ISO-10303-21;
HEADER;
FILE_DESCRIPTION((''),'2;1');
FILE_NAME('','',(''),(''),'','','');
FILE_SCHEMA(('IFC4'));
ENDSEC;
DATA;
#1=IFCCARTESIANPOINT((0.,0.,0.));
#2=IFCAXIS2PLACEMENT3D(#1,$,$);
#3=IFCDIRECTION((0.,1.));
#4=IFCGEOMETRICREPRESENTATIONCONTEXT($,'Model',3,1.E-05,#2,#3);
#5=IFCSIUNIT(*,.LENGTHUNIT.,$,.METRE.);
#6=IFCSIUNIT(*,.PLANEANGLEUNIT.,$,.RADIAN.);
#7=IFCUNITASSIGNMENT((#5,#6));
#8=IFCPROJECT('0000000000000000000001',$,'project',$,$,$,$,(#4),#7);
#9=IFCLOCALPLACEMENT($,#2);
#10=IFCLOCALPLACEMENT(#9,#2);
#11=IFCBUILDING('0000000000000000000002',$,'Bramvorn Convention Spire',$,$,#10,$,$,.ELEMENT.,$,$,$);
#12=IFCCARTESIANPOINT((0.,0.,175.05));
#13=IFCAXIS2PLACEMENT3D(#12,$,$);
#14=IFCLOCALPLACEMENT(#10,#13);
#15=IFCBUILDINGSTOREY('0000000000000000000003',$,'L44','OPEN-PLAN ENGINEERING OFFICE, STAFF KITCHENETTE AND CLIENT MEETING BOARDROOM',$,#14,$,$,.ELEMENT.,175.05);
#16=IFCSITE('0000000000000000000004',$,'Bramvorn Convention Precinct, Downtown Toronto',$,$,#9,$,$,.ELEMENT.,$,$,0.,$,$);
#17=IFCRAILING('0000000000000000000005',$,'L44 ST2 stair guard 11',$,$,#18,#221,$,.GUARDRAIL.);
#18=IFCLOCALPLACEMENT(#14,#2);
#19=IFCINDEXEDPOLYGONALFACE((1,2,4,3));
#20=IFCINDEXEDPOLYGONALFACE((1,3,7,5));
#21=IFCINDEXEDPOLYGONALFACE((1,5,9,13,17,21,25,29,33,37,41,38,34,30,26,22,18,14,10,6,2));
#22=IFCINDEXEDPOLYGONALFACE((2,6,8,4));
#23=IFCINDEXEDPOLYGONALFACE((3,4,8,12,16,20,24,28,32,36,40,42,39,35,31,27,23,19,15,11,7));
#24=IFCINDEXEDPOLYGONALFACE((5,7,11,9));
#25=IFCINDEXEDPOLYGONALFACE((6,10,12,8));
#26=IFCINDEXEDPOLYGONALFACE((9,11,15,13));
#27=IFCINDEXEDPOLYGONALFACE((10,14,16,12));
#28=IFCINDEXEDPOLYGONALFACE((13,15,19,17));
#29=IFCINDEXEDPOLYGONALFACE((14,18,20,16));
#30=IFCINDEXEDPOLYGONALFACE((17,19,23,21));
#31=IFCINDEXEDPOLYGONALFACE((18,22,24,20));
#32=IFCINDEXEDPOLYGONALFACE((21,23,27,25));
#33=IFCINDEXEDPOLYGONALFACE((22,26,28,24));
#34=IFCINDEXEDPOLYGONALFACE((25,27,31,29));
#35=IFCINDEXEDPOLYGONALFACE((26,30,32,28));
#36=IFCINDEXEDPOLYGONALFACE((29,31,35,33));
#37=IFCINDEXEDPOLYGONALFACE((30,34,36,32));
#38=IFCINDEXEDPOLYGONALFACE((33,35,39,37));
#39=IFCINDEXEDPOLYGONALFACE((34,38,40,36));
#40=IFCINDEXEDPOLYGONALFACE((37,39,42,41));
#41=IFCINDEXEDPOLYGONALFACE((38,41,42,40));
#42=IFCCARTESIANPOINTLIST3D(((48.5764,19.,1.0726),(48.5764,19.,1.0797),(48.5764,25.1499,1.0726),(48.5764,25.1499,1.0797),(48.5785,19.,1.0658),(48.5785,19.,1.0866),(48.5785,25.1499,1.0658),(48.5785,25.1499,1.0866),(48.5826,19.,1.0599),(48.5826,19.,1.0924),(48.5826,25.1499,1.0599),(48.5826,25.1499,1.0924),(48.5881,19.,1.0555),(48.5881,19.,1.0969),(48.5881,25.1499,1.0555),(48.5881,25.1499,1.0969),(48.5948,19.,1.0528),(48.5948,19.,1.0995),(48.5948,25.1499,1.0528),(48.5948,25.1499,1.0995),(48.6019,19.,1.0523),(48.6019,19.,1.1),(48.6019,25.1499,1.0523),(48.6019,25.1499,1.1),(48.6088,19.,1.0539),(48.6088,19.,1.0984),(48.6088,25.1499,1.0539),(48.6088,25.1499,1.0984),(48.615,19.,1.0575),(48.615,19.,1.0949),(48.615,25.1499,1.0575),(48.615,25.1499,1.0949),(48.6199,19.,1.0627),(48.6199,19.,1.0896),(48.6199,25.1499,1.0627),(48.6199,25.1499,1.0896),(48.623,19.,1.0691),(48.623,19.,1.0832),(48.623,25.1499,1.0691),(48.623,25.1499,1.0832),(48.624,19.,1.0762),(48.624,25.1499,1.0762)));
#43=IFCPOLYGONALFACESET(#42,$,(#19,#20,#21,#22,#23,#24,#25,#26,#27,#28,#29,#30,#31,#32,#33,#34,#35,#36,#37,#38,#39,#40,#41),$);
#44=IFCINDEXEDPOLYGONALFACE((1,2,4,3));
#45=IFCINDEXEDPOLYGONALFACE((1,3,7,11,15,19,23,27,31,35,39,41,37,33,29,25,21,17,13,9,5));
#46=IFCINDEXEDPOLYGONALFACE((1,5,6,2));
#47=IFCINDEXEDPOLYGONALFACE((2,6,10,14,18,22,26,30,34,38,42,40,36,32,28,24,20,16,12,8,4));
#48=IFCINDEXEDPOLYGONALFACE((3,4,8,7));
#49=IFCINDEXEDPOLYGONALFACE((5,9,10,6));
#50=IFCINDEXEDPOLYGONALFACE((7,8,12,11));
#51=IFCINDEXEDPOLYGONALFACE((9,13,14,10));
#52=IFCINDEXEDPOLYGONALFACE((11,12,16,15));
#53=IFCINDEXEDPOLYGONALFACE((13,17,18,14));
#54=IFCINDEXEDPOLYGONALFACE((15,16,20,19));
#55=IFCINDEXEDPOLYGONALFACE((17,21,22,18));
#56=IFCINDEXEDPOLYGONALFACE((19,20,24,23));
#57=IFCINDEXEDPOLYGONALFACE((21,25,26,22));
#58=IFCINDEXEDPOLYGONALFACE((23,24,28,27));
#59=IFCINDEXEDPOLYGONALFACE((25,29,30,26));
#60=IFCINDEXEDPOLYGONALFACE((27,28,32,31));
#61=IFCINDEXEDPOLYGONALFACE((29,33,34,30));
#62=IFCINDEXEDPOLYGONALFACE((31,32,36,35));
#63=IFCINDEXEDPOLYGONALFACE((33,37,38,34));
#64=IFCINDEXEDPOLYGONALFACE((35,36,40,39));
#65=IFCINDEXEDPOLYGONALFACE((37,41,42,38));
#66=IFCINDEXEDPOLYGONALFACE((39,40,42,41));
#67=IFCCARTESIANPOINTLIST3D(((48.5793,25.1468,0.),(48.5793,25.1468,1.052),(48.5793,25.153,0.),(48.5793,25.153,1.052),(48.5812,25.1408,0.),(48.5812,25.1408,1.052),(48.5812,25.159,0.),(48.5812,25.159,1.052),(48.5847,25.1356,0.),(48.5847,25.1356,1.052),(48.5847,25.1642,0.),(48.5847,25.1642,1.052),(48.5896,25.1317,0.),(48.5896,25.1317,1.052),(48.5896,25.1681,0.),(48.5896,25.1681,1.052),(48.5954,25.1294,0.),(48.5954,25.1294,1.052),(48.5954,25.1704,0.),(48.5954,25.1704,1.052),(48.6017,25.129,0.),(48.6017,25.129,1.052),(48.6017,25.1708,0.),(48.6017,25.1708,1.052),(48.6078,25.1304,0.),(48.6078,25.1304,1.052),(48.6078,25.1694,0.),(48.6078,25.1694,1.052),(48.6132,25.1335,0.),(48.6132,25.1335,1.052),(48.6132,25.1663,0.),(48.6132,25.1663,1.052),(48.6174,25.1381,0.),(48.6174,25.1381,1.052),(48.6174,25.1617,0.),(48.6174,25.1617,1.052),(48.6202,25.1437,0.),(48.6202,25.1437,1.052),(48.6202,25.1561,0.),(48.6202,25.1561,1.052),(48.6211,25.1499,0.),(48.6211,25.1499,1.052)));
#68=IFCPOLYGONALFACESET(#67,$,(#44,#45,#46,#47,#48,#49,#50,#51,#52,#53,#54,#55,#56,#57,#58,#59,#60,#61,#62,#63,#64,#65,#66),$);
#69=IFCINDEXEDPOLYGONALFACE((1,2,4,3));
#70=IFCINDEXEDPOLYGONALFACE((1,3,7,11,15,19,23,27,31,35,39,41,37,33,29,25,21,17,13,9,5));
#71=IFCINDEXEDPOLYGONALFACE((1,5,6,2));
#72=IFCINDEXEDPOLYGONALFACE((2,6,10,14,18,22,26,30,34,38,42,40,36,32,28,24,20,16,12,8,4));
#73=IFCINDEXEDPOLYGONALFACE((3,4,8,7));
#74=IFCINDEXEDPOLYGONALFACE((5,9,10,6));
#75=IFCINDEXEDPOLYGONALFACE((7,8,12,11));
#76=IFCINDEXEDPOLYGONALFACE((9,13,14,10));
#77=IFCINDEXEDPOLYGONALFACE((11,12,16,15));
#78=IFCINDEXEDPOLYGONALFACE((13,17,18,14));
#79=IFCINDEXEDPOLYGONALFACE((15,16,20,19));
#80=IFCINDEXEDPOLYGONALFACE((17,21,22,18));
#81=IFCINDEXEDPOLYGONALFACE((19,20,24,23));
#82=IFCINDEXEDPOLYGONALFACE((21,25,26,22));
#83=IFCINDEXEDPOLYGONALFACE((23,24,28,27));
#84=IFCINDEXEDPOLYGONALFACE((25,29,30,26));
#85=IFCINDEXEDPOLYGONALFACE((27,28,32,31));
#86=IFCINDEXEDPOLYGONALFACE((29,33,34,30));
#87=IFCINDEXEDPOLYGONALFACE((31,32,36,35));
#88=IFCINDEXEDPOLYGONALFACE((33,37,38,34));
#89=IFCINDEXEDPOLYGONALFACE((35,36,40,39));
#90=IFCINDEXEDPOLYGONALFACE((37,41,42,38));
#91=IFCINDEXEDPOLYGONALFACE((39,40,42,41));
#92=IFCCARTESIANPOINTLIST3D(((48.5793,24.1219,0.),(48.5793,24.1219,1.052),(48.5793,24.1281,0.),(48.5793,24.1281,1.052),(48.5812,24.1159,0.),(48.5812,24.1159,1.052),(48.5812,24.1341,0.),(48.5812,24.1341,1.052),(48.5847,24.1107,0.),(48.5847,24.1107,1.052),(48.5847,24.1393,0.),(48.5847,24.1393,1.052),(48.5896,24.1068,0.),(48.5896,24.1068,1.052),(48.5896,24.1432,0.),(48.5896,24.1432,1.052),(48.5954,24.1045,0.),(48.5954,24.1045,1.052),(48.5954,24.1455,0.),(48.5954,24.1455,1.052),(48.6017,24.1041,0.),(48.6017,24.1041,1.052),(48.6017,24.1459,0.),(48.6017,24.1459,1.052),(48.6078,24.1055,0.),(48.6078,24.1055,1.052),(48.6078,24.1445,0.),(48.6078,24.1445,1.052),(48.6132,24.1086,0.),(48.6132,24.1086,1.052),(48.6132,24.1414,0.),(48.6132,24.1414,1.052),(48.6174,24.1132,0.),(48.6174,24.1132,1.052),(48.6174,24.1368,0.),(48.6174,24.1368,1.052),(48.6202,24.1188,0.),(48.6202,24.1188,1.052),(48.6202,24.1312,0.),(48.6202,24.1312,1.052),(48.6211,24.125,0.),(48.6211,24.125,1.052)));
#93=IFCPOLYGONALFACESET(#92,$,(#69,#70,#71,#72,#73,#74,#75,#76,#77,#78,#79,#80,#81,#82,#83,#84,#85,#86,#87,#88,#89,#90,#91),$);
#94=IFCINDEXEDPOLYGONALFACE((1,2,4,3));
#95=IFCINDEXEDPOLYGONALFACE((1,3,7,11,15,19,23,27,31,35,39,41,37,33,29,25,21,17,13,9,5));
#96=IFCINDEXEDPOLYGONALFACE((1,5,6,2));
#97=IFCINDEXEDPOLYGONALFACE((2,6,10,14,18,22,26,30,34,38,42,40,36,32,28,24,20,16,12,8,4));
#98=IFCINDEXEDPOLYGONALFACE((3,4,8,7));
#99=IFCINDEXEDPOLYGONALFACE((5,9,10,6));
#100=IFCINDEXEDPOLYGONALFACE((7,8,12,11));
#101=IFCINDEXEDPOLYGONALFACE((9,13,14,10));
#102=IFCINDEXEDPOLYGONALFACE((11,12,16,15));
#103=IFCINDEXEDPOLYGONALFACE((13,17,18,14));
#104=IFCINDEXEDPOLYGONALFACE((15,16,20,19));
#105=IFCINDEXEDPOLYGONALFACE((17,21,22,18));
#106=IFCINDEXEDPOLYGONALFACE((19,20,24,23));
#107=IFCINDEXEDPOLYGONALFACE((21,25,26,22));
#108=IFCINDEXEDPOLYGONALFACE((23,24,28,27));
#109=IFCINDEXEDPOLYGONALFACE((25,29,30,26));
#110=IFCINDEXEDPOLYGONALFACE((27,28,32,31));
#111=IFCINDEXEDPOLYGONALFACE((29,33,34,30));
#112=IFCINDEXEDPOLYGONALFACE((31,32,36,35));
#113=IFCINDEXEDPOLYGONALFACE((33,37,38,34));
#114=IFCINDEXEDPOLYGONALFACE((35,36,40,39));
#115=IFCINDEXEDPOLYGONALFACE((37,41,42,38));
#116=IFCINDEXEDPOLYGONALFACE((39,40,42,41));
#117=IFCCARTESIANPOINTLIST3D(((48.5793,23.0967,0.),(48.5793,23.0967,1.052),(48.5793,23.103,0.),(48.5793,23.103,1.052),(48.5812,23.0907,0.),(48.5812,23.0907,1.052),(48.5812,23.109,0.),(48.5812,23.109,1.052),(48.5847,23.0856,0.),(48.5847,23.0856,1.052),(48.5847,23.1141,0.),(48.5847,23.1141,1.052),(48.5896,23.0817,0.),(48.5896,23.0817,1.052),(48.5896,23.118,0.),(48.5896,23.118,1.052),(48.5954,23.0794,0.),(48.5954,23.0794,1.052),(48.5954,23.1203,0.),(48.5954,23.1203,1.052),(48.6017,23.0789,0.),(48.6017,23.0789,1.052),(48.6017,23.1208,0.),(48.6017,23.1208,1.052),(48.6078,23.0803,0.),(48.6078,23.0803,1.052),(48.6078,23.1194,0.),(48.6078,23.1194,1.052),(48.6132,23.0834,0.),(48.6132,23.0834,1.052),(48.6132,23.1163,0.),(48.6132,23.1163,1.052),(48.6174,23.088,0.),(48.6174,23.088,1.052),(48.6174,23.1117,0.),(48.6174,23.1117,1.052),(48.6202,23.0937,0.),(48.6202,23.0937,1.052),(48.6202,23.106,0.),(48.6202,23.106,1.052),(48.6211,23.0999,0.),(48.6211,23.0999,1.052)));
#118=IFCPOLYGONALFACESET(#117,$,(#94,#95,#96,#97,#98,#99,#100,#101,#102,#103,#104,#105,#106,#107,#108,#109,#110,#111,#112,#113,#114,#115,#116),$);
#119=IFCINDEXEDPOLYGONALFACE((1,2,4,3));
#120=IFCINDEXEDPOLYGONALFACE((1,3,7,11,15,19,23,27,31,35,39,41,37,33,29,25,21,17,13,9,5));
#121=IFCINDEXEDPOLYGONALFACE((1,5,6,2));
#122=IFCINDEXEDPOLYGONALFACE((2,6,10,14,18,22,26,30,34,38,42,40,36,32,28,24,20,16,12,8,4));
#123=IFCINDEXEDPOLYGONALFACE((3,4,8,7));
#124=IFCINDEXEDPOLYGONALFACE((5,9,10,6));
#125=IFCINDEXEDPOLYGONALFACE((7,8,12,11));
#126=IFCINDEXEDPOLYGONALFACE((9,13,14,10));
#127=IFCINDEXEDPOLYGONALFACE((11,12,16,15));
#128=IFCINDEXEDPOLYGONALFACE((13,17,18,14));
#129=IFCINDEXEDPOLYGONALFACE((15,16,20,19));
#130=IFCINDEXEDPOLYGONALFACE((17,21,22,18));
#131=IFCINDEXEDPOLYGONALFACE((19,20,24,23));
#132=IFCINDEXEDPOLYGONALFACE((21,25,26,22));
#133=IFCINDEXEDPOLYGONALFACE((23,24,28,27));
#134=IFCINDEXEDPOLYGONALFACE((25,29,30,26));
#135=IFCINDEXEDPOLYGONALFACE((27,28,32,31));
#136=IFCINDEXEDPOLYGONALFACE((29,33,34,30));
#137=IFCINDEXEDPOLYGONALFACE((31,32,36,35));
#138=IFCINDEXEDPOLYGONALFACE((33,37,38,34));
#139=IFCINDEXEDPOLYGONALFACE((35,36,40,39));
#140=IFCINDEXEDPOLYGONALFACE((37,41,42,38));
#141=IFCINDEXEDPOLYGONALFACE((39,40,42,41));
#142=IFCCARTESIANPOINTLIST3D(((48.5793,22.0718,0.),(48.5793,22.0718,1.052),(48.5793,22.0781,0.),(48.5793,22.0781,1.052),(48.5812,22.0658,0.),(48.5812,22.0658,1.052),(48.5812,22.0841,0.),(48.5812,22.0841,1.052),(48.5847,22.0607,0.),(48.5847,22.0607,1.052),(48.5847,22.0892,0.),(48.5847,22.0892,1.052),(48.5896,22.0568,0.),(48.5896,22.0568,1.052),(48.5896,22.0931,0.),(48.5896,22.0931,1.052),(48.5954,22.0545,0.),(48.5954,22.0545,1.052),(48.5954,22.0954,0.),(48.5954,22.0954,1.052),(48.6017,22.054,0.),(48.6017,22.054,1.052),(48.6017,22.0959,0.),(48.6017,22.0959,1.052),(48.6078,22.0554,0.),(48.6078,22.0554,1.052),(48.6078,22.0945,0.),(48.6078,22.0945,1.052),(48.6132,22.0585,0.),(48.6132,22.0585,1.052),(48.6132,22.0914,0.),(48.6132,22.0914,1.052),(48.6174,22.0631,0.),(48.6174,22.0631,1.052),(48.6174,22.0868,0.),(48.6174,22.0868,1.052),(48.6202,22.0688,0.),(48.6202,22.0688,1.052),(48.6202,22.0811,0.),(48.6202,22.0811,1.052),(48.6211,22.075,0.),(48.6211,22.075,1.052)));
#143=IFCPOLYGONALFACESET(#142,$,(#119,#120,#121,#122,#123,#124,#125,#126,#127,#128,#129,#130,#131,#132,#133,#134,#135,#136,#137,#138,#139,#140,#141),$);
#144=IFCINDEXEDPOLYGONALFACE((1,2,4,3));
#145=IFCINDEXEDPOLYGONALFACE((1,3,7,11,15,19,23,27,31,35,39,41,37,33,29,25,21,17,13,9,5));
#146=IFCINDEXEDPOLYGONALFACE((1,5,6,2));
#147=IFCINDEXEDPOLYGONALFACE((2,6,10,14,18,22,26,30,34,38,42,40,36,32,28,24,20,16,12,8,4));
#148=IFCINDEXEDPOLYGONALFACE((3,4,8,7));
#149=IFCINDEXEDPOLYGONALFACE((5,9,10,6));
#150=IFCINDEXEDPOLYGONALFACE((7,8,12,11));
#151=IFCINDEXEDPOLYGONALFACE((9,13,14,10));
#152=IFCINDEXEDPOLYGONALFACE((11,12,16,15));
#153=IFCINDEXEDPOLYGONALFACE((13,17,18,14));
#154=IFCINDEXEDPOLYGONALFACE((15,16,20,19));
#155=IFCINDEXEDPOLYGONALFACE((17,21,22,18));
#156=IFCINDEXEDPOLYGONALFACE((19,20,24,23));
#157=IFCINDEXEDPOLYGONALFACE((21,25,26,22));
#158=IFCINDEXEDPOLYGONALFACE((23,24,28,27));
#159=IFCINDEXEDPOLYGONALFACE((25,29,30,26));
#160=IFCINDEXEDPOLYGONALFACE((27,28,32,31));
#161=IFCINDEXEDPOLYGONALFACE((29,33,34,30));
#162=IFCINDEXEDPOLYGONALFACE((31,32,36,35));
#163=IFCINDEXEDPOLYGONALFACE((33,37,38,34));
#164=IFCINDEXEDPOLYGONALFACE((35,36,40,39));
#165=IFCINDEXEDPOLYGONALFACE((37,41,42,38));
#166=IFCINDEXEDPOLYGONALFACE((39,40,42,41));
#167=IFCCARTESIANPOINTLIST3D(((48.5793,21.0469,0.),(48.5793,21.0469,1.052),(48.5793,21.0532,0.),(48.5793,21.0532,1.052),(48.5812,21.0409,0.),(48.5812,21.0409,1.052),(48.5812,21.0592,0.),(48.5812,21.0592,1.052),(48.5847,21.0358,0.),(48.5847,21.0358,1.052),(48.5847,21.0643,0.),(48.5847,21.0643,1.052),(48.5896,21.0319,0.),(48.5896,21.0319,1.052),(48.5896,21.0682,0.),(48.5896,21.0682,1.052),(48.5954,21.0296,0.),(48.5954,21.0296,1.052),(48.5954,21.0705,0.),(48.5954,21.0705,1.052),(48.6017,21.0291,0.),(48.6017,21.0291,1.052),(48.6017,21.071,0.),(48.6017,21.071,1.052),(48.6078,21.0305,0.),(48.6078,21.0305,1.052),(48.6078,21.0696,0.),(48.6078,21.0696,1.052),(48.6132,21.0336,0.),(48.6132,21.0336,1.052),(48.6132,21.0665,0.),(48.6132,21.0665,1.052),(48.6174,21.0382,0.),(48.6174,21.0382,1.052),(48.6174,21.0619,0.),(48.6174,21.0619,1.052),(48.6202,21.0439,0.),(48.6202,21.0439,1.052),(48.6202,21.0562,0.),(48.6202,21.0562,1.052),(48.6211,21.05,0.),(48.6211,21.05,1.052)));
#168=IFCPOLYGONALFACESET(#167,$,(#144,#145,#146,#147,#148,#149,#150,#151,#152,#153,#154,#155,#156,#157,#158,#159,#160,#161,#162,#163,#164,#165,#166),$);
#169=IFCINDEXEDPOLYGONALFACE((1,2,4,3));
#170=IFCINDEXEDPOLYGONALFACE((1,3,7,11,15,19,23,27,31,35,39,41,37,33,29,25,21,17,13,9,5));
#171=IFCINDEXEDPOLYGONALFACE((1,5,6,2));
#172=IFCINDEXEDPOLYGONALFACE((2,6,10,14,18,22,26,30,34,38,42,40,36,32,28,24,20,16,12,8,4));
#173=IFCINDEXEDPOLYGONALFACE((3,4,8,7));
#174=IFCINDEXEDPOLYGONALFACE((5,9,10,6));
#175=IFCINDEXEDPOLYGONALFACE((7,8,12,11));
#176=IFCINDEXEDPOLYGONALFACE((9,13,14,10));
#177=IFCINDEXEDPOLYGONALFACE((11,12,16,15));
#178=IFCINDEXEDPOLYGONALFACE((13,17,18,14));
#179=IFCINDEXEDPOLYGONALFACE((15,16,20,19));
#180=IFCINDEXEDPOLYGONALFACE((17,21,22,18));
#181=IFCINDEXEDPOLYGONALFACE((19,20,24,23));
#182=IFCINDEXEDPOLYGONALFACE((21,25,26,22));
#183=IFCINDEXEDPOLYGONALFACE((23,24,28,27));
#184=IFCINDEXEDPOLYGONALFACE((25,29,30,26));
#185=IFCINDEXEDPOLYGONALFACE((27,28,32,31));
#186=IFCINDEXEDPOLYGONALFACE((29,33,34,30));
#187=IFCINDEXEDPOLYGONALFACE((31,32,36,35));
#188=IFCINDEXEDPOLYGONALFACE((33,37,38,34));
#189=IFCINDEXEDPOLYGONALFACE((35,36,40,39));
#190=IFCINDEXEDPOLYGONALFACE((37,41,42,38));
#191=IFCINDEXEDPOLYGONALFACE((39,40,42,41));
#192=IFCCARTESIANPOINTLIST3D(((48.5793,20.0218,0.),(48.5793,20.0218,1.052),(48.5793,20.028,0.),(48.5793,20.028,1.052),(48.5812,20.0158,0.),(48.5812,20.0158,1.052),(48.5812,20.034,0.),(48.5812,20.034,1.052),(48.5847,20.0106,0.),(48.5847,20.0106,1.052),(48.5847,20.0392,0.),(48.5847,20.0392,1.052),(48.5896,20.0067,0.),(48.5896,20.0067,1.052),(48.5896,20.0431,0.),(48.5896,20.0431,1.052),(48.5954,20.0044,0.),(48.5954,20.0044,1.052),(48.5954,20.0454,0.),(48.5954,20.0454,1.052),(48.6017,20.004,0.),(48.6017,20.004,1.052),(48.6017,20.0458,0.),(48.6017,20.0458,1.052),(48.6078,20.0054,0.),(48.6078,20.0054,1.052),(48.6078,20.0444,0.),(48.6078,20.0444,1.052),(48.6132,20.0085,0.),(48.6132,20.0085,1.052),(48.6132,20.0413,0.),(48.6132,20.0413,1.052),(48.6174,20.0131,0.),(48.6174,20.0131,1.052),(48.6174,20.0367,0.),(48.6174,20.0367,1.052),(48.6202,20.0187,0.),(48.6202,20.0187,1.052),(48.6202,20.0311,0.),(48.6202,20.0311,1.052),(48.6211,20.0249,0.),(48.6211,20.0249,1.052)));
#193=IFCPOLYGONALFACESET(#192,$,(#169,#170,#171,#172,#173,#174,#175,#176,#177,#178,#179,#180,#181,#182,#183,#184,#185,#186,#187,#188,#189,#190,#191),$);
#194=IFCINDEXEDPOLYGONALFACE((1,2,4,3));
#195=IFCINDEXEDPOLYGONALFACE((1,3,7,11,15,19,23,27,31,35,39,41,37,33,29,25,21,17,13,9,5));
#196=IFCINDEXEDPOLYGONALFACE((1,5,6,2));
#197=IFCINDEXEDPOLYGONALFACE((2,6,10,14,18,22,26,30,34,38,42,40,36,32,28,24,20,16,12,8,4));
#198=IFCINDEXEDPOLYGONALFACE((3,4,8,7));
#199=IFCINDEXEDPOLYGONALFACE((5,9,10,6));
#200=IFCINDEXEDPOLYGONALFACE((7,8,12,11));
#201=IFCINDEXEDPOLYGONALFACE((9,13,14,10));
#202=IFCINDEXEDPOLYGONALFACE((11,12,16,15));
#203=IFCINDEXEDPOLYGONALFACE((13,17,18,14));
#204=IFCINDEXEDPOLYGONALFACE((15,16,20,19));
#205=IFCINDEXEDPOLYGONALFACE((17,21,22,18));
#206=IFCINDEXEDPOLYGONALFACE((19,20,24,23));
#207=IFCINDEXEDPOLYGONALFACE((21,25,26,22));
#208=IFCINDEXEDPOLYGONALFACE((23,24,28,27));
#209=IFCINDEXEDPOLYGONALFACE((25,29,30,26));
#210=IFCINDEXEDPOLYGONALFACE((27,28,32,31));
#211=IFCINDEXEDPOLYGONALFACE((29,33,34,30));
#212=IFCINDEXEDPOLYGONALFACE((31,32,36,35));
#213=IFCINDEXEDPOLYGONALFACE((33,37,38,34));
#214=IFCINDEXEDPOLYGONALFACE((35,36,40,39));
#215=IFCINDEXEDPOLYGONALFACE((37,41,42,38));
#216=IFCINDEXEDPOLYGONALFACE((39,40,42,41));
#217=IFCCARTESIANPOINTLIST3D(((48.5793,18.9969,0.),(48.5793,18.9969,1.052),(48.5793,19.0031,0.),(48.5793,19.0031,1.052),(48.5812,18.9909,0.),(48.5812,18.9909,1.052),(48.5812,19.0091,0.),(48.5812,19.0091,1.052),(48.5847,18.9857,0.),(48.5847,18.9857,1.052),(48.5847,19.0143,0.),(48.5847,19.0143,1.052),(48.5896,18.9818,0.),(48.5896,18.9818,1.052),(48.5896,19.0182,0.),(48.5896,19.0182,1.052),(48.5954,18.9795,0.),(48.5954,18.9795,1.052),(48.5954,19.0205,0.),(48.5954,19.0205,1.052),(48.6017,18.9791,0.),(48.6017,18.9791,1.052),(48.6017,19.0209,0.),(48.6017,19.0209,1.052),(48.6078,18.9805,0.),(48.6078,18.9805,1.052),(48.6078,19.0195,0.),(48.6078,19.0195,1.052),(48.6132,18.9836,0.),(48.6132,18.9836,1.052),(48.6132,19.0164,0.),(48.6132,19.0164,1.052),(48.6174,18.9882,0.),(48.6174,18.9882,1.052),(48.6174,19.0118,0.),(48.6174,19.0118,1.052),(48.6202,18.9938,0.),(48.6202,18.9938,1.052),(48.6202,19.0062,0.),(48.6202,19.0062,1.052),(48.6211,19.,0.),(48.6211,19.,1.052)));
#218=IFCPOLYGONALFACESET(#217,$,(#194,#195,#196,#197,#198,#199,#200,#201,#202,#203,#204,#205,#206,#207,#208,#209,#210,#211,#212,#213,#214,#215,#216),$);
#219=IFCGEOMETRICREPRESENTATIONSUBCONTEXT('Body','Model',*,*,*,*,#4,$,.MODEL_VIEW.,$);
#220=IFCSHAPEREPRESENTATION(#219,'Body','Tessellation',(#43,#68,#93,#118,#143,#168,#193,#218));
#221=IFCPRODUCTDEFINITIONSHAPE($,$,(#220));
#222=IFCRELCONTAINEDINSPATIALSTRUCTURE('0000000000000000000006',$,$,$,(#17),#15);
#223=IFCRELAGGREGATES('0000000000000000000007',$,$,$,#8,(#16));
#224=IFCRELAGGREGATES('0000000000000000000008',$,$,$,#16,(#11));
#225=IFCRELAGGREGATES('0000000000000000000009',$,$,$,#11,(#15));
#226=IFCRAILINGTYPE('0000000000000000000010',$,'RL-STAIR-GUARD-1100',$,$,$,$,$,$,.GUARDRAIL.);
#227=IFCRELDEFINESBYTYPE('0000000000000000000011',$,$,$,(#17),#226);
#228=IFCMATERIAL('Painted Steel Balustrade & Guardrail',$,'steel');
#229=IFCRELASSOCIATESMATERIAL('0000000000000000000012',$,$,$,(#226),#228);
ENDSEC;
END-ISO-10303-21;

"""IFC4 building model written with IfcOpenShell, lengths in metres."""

from ifc_helpers import new_model, si_unit, direction, frame, origin, origin_2d, place, context, subcontext, project, spatial, circle, extrude, material, type_object, element, save


model = new_model("IFC4")

# Units and contexts
model_context = context("Model", 3, precision=1e-05, world=origin(), true_north=direction((0.0, 1.0)))
body_context = subcontext(model_context, "Body", "Model", "MODEL_VIEW")
ifc_project = project(units=[si_unit("LENGTHUNIT", "METRE"), si_unit("PLANEANGLEUNIT", "RADIAN")], contexts=[model_context])

# Site, building, storey
site_placement = place(None, origin())
site = spatial("IfcSite", under=ifc_project, at=site_placement, Name="Bramvorn Convention Precinct, Downtown Toronto", CompositionType="ELEMENT", RefElevation=0.0)
building_placement = place(site_placement, origin())
building = spatial("IfcBuilding", under=site, at=building_placement, Name="Bramvorn Convention Spire", CompositionType="ELEMENT")
storey_placement = place(building_placement, frame((0.0, 0.0, 175.05)))
storey = spatial("IfcBuildingStorey", under=building, at=storey_placement, Name="L44", Description="OPEN-PLAN ENGINEERING OFFICE, STAFF KITCHENETTE AND CLIENT MEETING BOARDROOM", CompositionType="ELEMENT", Elevation=175.05)

# Railing
ifc_material_1 = material(Name="Painted Steel Balustrade & Guardrail", Category="steel")
railing_type_1 = type_object("IfcRailingType", Name="RL-STAIR-GUARD-1100", PredefinedType="GUARDRAIL", material=ifc_material_1)
railing_1_placement = place(storey_placement, frame((48.6001, 25.1499, 0.0)))
element("IfcRailing", 1, at=railing_1_placement, inside=storey, type_object=railing_type_1, Name="L44 ST2 stair guard 11", PredefinedType="GUARDRAIL", context=body_context, shape_type="SweptSolid", body=[
    extrude(circle(Radius=0.0239, at=origin_2d()), frame((0.0, 0.0, 1.0762), z_axis=(0.0, -1.0, 0.0), x_axis=(1.0, 0.0, 0.0)), (0.0, 0.0, 1.0), 6.1499),
    extrude(circle(Radius=0.021, at=origin_2d()), origin(), (0.0, 0.0, 1.0), 1.052),
    extrude(circle(Radius=0.021, at=origin_2d()), frame((0.0, -1.0249, 0.0)), (0.0, 0.0, 1.0), 1.052),
    extrude(circle(Radius=0.021, at=origin_2d()), frame((0.0, -2.05, 0.0)), (0.0, 0.0, 1.0), 1.052),
    extrude(circle(Radius=0.021, at=origin_2d()), frame((0.0, -3.075, 0.0)), (0.0, 0.0, 1.0), 1.052),
    extrude(circle(Radius=0.021, at=origin_2d()), frame((0.0, -4.0999, 0.0)), (0.0, 0.0, 1.0), 1.052),
    extrude(circle(Radius=0.021, at=origin_2d()), frame((0.0, -5.125, 0.0)), (0.0, 0.0, 1.0), 1.052),
    extrude(circle(Radius=0.021, at=origin_2d()), frame((0.0, -6.1499, 0.0)), (0.0, 0.0, 1.0), 1.052),
])

save(model, "model.ifc")
